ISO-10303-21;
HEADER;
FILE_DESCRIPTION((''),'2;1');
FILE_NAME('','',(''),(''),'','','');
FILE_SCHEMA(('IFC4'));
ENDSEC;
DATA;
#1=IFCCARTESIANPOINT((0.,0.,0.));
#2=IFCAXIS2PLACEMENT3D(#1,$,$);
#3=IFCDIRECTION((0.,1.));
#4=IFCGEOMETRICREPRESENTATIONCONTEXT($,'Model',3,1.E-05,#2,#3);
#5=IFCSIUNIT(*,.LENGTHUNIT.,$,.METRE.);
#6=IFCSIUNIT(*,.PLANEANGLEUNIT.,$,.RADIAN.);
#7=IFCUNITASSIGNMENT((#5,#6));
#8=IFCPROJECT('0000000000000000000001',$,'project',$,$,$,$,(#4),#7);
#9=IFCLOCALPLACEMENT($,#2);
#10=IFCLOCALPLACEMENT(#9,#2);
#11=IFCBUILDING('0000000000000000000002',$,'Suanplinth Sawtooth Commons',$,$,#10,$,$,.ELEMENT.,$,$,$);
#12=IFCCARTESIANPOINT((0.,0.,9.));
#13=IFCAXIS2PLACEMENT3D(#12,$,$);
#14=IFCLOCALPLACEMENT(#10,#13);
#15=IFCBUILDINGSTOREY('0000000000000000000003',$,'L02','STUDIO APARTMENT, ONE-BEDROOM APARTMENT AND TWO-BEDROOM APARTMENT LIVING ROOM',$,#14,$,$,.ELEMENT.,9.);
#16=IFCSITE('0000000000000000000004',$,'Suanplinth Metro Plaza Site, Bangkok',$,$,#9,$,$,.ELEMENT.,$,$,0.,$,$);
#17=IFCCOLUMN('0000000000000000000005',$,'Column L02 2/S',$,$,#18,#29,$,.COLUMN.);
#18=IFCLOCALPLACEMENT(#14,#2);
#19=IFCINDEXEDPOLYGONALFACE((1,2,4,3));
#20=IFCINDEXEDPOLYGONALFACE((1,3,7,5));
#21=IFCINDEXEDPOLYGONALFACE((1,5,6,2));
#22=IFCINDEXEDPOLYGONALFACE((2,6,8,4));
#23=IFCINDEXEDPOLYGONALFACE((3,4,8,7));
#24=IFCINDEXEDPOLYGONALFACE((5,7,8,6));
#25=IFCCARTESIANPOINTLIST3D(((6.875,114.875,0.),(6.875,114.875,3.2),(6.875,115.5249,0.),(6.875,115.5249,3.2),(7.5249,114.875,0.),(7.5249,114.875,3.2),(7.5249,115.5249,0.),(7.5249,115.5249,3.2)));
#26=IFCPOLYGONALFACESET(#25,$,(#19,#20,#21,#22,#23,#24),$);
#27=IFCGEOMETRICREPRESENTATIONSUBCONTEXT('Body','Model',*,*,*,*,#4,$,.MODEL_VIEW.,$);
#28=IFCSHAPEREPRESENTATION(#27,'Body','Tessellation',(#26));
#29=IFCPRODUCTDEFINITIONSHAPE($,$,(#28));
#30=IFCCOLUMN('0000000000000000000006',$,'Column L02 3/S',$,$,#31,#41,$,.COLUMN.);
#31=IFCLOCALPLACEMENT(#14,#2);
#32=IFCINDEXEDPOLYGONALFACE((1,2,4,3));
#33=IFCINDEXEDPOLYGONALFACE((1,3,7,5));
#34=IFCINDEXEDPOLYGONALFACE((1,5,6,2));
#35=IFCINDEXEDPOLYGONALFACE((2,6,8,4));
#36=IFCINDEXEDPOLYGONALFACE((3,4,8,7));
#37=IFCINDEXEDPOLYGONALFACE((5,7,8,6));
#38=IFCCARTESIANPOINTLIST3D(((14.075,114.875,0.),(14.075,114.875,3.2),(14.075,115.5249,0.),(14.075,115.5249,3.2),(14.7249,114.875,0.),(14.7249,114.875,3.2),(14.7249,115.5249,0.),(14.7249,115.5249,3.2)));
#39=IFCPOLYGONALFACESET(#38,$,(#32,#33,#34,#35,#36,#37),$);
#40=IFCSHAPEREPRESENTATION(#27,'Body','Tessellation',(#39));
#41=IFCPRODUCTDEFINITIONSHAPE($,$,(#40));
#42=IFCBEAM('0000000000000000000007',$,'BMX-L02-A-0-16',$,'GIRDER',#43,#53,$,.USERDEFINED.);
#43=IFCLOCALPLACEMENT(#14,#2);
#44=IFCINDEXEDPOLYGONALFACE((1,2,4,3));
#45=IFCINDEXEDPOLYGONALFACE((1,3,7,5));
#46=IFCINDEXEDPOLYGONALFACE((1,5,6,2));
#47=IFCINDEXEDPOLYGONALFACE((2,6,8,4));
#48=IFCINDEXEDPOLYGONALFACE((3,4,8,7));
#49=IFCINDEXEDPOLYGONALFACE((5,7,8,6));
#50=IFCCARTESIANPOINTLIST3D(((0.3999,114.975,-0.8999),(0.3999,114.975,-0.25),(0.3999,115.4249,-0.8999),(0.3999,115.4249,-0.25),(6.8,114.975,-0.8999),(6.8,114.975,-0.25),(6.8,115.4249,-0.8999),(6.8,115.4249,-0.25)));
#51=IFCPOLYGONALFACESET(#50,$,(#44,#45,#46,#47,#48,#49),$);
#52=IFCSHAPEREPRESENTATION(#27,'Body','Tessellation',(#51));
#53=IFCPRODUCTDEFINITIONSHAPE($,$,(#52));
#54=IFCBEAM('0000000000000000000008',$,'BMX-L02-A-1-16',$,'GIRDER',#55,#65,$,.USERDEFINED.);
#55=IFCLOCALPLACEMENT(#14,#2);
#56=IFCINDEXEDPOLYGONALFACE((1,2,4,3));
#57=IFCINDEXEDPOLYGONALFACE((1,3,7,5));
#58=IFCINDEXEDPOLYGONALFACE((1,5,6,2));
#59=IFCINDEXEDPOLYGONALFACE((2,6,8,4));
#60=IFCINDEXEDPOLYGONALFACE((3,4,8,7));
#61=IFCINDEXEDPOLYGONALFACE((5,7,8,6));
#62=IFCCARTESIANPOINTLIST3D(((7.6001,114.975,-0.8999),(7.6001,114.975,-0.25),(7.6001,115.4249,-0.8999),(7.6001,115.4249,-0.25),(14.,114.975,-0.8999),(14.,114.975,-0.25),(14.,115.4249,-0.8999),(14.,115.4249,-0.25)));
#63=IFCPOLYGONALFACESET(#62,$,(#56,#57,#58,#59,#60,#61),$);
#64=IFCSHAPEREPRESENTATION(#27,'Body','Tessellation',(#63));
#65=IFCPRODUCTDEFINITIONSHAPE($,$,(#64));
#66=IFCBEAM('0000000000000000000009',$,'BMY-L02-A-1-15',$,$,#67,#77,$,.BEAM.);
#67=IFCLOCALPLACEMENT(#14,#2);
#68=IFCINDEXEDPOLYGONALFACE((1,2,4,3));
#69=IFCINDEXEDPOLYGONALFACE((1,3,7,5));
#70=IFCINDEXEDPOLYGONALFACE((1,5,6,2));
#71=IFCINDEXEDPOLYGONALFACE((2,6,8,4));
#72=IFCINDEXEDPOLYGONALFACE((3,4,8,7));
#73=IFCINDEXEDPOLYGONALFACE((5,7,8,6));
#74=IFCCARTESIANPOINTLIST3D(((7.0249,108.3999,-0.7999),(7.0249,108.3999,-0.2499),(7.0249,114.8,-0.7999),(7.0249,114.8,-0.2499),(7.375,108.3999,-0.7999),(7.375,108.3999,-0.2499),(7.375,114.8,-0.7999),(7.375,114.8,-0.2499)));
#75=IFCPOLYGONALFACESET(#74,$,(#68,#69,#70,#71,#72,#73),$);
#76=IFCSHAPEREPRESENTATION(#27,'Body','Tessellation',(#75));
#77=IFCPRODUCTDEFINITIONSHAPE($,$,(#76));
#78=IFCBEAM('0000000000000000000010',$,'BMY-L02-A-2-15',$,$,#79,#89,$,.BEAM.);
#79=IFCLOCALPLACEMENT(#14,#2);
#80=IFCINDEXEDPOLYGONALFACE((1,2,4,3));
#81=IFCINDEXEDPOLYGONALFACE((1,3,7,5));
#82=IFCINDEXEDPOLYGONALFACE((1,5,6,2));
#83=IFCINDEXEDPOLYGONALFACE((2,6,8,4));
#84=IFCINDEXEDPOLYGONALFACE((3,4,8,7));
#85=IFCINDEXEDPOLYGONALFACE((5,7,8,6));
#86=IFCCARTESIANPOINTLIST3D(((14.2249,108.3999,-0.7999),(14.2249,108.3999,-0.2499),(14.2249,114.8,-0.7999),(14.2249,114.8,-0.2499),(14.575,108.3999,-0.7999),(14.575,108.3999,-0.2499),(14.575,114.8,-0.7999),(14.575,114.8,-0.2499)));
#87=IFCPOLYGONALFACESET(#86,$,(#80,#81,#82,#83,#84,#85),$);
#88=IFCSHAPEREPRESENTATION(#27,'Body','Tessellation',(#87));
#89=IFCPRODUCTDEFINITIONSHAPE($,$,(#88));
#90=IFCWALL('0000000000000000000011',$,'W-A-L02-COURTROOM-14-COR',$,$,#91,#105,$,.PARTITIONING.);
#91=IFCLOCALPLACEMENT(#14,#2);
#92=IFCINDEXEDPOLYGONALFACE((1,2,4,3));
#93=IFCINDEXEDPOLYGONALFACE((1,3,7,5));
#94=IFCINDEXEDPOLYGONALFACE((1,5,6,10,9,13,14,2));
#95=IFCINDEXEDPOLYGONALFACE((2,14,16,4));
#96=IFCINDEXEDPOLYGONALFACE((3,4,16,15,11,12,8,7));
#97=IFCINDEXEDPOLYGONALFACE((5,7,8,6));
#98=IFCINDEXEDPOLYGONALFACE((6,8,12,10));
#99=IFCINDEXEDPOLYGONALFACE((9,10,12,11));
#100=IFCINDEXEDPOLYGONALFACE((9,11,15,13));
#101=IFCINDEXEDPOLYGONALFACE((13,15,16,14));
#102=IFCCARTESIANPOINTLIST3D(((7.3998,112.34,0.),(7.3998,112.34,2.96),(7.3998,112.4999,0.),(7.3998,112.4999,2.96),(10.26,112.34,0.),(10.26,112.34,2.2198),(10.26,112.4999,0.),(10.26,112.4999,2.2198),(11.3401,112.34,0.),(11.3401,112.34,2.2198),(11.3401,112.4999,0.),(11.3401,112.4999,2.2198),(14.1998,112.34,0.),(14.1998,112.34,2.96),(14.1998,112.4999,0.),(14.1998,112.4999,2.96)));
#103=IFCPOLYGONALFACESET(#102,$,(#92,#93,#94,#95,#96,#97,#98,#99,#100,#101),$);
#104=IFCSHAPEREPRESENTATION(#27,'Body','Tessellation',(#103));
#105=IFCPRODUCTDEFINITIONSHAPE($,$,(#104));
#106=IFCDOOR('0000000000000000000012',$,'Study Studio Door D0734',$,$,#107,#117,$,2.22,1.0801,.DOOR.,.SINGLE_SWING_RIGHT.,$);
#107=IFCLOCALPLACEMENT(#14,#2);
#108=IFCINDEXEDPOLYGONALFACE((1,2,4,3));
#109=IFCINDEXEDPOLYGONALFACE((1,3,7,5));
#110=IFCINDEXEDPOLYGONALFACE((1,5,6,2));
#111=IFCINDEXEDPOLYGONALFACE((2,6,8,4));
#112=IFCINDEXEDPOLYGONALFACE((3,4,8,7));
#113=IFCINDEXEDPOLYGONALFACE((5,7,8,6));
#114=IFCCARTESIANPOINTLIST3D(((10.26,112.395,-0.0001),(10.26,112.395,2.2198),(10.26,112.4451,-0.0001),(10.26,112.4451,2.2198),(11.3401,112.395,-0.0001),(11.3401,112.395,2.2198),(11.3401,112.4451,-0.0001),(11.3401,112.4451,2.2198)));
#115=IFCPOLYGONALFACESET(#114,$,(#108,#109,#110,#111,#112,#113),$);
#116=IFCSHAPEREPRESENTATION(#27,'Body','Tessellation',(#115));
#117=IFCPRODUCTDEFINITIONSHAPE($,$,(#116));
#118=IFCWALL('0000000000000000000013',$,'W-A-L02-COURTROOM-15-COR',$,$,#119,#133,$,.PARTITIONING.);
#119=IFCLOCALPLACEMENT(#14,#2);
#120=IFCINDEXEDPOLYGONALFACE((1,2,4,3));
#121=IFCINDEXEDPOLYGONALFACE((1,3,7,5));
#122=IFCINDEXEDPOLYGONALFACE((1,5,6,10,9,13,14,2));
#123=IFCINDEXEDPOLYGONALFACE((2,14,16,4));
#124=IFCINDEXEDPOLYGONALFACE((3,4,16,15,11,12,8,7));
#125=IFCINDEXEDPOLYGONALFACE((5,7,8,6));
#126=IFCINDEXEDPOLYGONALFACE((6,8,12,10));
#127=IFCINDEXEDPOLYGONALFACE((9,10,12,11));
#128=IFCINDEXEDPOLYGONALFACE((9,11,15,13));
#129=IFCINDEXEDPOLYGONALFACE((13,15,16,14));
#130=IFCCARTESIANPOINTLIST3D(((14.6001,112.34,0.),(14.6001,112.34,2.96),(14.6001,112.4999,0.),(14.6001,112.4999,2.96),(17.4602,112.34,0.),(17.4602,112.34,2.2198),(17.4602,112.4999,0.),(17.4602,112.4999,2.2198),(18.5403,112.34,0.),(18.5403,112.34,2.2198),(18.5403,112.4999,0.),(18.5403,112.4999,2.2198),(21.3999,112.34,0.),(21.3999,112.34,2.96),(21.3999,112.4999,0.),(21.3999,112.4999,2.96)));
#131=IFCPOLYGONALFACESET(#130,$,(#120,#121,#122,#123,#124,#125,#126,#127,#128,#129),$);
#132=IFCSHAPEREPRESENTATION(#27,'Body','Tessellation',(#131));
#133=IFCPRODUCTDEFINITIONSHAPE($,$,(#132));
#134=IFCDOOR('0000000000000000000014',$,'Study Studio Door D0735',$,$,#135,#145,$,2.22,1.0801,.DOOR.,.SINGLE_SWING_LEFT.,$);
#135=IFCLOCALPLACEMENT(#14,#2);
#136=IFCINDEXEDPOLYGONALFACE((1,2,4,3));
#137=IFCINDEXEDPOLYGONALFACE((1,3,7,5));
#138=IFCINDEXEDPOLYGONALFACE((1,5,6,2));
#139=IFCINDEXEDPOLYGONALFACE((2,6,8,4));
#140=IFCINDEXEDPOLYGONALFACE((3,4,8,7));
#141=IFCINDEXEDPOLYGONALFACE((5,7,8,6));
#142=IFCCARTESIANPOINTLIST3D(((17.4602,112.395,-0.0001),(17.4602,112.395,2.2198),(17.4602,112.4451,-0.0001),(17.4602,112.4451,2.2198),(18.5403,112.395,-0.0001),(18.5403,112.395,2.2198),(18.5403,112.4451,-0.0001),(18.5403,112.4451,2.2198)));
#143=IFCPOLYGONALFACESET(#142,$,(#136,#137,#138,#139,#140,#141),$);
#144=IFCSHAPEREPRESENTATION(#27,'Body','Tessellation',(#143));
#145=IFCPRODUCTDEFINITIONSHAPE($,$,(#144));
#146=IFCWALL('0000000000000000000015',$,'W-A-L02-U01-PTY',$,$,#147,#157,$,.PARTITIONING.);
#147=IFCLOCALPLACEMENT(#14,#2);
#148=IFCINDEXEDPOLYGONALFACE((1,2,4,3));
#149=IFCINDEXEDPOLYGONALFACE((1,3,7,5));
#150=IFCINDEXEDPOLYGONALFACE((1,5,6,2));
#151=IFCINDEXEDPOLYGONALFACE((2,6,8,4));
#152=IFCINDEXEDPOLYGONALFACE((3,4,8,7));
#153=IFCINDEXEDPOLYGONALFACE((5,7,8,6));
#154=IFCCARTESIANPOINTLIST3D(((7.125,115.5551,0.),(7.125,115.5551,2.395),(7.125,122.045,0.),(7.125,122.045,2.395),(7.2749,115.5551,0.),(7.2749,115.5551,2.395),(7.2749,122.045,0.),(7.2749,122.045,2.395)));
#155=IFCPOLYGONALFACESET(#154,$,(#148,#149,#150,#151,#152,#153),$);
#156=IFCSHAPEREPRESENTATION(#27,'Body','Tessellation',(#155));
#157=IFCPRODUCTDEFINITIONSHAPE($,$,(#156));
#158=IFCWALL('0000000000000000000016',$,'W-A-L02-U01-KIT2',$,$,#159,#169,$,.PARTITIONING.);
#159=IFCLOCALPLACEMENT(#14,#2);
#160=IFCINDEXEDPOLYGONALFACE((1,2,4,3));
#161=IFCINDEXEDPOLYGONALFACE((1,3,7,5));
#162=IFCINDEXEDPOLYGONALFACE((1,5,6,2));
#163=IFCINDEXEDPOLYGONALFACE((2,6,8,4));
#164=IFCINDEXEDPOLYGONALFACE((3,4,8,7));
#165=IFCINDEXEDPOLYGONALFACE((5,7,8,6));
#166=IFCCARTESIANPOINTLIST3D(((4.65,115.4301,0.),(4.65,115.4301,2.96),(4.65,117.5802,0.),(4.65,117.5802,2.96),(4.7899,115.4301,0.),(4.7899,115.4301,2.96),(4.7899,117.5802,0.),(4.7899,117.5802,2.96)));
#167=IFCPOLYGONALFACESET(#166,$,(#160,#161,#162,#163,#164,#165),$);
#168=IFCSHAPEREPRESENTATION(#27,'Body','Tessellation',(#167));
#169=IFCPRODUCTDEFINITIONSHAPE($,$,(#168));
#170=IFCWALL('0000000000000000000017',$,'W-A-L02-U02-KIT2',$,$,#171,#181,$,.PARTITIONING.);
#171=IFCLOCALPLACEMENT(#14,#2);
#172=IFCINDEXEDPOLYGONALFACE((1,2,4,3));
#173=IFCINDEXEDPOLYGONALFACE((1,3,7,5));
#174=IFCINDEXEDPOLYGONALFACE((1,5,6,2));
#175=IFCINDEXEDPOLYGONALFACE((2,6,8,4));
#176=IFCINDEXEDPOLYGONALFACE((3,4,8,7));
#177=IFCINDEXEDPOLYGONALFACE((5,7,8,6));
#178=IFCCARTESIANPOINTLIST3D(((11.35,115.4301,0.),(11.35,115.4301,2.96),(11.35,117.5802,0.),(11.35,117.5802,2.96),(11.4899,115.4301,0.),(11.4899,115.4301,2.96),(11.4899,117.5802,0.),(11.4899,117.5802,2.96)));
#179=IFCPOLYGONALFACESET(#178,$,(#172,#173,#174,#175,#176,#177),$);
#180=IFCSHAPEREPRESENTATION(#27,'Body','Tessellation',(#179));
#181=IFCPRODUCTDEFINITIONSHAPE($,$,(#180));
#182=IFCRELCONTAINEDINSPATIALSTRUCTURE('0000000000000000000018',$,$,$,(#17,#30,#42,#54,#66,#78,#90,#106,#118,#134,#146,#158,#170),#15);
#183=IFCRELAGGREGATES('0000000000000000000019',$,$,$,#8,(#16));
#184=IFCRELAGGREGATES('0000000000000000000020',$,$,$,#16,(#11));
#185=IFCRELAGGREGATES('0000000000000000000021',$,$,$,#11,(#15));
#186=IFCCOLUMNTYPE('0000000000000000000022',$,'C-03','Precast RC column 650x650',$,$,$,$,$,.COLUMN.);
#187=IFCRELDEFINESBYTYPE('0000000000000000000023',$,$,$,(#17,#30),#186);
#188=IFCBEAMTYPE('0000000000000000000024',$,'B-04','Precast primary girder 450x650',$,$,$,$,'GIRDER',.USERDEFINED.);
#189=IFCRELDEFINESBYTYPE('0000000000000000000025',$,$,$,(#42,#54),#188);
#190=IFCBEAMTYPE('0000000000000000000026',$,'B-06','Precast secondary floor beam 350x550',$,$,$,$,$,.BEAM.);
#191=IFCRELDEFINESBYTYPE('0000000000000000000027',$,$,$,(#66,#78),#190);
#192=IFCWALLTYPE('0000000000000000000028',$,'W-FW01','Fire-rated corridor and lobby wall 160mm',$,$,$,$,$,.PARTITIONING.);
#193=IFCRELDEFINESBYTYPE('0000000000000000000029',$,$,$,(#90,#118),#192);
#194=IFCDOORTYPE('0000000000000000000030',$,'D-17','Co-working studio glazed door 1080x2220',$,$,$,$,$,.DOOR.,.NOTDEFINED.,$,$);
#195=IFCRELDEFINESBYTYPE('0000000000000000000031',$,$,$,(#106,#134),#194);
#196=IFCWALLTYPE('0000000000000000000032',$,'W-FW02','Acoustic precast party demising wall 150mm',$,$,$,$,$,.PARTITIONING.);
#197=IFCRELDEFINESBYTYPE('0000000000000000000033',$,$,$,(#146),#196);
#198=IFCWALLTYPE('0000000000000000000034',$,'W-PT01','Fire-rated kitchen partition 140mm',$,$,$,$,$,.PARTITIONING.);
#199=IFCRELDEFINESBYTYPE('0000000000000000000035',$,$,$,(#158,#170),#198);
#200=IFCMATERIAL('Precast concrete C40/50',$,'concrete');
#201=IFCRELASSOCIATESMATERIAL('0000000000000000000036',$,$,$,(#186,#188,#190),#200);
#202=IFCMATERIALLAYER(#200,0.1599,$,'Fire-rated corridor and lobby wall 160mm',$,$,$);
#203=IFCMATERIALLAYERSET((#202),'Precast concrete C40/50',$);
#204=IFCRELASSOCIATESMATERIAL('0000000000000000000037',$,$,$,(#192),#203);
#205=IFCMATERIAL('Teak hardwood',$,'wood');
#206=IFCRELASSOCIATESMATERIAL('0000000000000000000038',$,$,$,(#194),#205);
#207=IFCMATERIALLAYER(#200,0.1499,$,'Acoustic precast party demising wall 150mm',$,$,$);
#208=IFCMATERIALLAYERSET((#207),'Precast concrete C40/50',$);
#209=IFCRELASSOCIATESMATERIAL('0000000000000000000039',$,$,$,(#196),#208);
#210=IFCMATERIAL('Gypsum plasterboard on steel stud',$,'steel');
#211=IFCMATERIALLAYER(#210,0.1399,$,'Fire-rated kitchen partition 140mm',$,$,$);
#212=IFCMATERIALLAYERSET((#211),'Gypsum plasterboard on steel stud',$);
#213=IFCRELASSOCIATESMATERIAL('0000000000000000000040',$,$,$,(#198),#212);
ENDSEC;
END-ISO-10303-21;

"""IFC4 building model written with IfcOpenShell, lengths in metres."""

from ifc_helpers import new_model, si_unit, direction, frame, frame_2d, origin, origin_2d, place, context, subcontext, project, spatial, rectangle, extrude, material, layer, layer_set, material_profile, profile_set, type_object, element, fill, save


model = new_model("IFC4")

# Units and contexts
model_context = context("Model", 3, precision=1e-05, world=origin(), true_north=direction((0.0, 1.0)))
body_context = subcontext(model_context, "Body", "Model", "MODEL_VIEW")
ifc_project = project(units=[si_unit("LENGTHUNIT", "METRE"), si_unit("PLANEANGLEUNIT", "RADIAN")], contexts=[model_context])

# Site, building, storey
site_placement = place(None, origin())
site = spatial("IfcSite", under=ifc_project, at=site_placement, Name="Suanplinth Metro Plaza Site, Bangkok", CompositionType="ELEMENT", RefElevation=0.0)
building_placement = place(site_placement, origin())
building = spatial("IfcBuilding", under=site, at=building_placement, Name="Suanplinth Sawtooth Commons", CompositionType="ELEMENT")
storey_placement = place(building_placement, frame((0.0, 0.0, 9.0)))
storey = spatial("IfcBuildingStorey", under=building, at=storey_placement, Name="L02", Description="STUDIO APARTMENT, ONE-BEDROOM APARTMENT AND TWO-BEDROOM APARTMENT LIVING ROOM", CompositionType="ELEMENT", Elevation=9.0)

# Columns
ifc_material_1 = material(Name="Precast concrete C40/50", Category="concrete")
ifc_material_profile_1 = material_profile(ifc_material_1, rectangle(XDim=0.6499, YDim=0.6499, at=origin_2d()), Name="PC-COL 650x650")
ifc_profile_set_1 = profile_set([ifc_material_profile_1], Name="Precast concrete C40/50")
column_type = type_object("IfcColumnType", Name="C-03", Description="Precast RC column 650x650", PredefinedType="COLUMN", material=ifc_profile_set_1)
for number, where, z_axis, x_axis, name in (
    (1, (7.2, 115.2, 0.0), (0.0, 0.0, 1.0), (1.0, 0.0, 0.0), "Column L02 2/S"),
    (2, (14.3999, 115.2, 0.0), (0.0, 0.0, 1.0), (1.0, 0.0, 0.0), "Column L02 3/S"),
):
    element("IfcColumn", number, at=place(storey_placement, frame(where, z_axis=z_axis, x_axis=x_axis)), inside=storey, type_object=column_type, Name=name, PredefinedType="COLUMN", context=body_context, shape_type="SweptSolid", body=[
        extrude(rectangle(XDim=0.6499, YDim=0.6499, at=origin_2d()), origin(), (0.0, 0.0, 1.0), 3.2),
    ])

# Beams
ifc_material_profile_2 = material_profile(ifc_material_1, rectangle(XDim=0.45, YDim=0.6499, at=origin_2d()), Name="PC-GDR 450x650")
ifc_profile_set_2 = profile_set([ifc_material_profile_2], Name="Precast concrete C40/50")
beam_type_1 = type_object("IfcBeamType", Name="B-04", Description="Precast primary girder 450x650", ElementType="GIRDER", PredefinedType="USERDEFINED", material=ifc_profile_set_2)
beam_1_placement = place(storey_placement, frame((0.3999, 115.2, -0.575), z_axis=(1.0, 0.0, 0.0), x_axis=(0.0, 1.0, 0.0)))
element("IfcBeam", 3, at=beam_1_placement, inside=storey, type_object=beam_type_1, Name="BMX-L02-A-0-16", ObjectType="GIRDER", PredefinedType="USERDEFINED", context=body_context, shape_type="SweptSolid", body=[
    extrude(rectangle(XDim=0.45, YDim=0.6499, at=origin_2d()), origin(), (0.0, 0.0, 1.0), 6.4001),
])
beam_2_placement = place(storey_placement, frame((7.6001, 115.2, -0.575), z_axis=(1.0, 0.0, 0.0), x_axis=(0.0, 1.0, 0.0)))
element("IfcBeam", 4, at=beam_2_placement, inside=storey, type_object=beam_type_1, Name="BMX-L02-A-1-16", ObjectType="GIRDER", PredefinedType="USERDEFINED", context=body_context, shape_type="SweptSolid", body=[
    extrude(rectangle(XDim=0.45, YDim=0.6499, at=origin_2d()), origin(), (0.0, 0.0, 1.0), 6.3999),
])
ifc_material_profile_3 = material_profile(ifc_material_1, rectangle(XDim=0.3501, YDim=0.55, at=origin_2d()), Name="PC-BM 350x550")
ifc_profile_set_3 = profile_set([ifc_material_profile_3], Name="Precast concrete C40/50")
beam_type_2 = type_object("IfcBeamType", Name="B-06", Description="Precast secondary floor beam 350x550", PredefinedType="BEAM", material=ifc_profile_set_3)
for number, where, z_axis, x_axis, name in (
    (5, (7.2, 108.3999, -0.5249), (0.0, 1.0, 0.0), (-1.0, 0.0, 0.0), "BMY-L02-A-1-15"),
    (6, (14.3999, 108.3999, -0.5249), (0.0, 1.0, 0.0), (-1.0, 0.0, 0.0), "BMY-L02-A-2-15"),
):
    element("IfcBeam", number, at=place(storey_placement, frame(where, z_axis=z_axis, x_axis=x_axis)), inside=storey, type_object=beam_type_2, Name=name, PredefinedType="BEAM", context=body_context, shape_type="SweptSolid", body=[
        extrude(rectangle(XDim=0.3501, YDim=0.55, at=origin_2d()), origin(), (0.0, 0.0, 1.0), 6.4001),
    ])

# Walls, openings, doors
ifc_layer_1 = layer(ifc_material_1, 0.1599, Name="Fire-rated corridor and lobby wall 160mm")
ifc_layer_set_1 = layer_set([ifc_layer_1], Name="Precast concrete C40/50")
wall_type_1 = type_object("IfcWallType", Name="W-FW01", Description="Fire-rated corridor and lobby wall 160mm", PredefinedType="PARTITIONING", material=ifc_layer_set_1)
wall_1_placement = place(storey_placement, frame((7.3999, 112.4199, 0.0), z_axis=(0.0, 0.0, 1.0), x_axis=(1.0, 0.0, 0.0)))
wall_1 = element("IfcWall", 7, at=wall_1_placement, inside=storey, type_object=wall_type_1, Name="W-A-L02-COURTROOM-14-COR", PredefinedType="PARTITIONING", context=body_context, shape_type="SweptSolid", body=[
    extrude(rectangle(XDim=6.8, YDim=0.1599, at=frame_2d((3.3999, 0.0))), origin(), (0.0, 0.0, 1.0), 2.96),
])
opening_1_placement = place(wall_1_placement, frame((2.8601, 0.0, 0.0)))
opening_1 = element("IfcOpeningElement", 8, at=opening_1_placement, cuts=wall_1, PredefinedType="OPENING", context=body_context, shape_type="SweptSolid", body=[
    extrude(rectangle(XDim=1.0801, YDim=2.22, at=frame_2d((0.54, 1.1099))), frame((0.0, 0.0947, 0.0), z_axis=(0.0, -1.0, 0.0), x_axis=(1.0, 0.0, 0.0)), (0.0, 0.0, 1.0), 0.1897),
])
ifc_material_2 = material(Name="Teak hardwood", Category="wood")
door_type_1 = type_object("IfcDoorType", Name="D-17", Description="Co-working studio glazed door 1080x2220", OperationType="NOTDEFINED", PredefinedType="DOOR", material=ifc_material_2)
door_1_placement = place(opening_1_placement, frame((1.0801, 0.0, 0.0), z_axis=(0.0, 0.0, 1.0), x_axis=(-1.0, 0.0, 0.0)))
door_1 = element("IfcDoor", 9, at=door_1_placement, inside=storey, type_object=door_type_1, Name="Study Studio Door D0734", OperationType="SINGLE_SWING_RIGHT", OverallHeight=2.22, OverallWidth=1.0801, PredefinedType="DOOR", context=body_context, shape_type="SweptSolid", body=[
    extrude(rectangle(XDim=1.0801, YDim=2.22, at=frame_2d((0.54, 1.1099))), frame((0.0, 0.0249, 0.0), z_axis=(0.0, -1.0, 0.0), x_axis=(1.0, 0.0, 0.0)), (0.0, 0.0, 1.0), 0.05),
])
fill(opening_1, door_1)
wall_2_placement = place(storey_placement, frame((14.6001, 112.4199, 0.0), z_axis=(0.0, 0.0, 1.0), x_axis=(1.0, 0.0, 0.0)))
wall_2 = element("IfcWall", 10, at=wall_2_placement, inside=storey, type_object=wall_type_1, Name="W-A-L02-COURTROOM-15-COR", PredefinedType="PARTITIONING", context=body_context, shape_type="SweptSolid", body=[
    extrude(rectangle(XDim=6.7998, YDim=0.1599, at=frame_2d((3.3999, 0.0))), origin(), (0.0, 0.0, 1.0), 2.96),
])
opening_2_placement = place(wall_2_placement, frame((2.8601, 0.0, 0.0)))
opening_2 = element("IfcOpeningElement", 11, at=opening_2_placement, cuts=wall_2, PredefinedType="OPENING", context=body_context, shape_type="SweptSolid", body=[
    extrude(rectangle(XDim=1.0801, YDim=2.22, at=frame_2d((0.54, 1.1099))), frame((0.0, 0.0947, 0.0), z_axis=(0.0, -1.0, 0.0), x_axis=(1.0, 0.0, 0.0)), (0.0, 0.0, 1.0), 0.1897),
])
door_2_placement = place(opening_2_placement, frame((1.0801, 0.0, 0.0), z_axis=(0.0, 0.0, 1.0), x_axis=(-1.0, 0.0, 0.0)))
door_2 = element("IfcDoor", 12, at=door_2_placement, inside=storey, type_object=door_type_1, Name="Study Studio Door D0735", OperationType="SINGLE_SWING_LEFT", OverallHeight=2.22, OverallWidth=1.0801, PredefinedType="DOOR", context=body_context, shape_type="SweptSolid", body=[
    extrude(rectangle(XDim=1.0801, YDim=2.22, at=frame_2d((0.54, 1.1099))), frame((0.0, 0.0249, 0.0), z_axis=(0.0, -1.0, 0.0), x_axis=(1.0, 0.0, 0.0)), (0.0, 0.0, 1.0), 0.05),
])
fill(opening_2, door_2)

# Walls
ifc_layer_2 = layer(ifc_material_1, 0.1499, Name="Acoustic precast party demising wall 150mm")
ifc_layer_set_2 = layer_set([ifc_layer_2], Name="Precast concrete C40/50")
wall_type_2 = type_object("IfcWallType", Name="W-FW02", Description="Acoustic precast party demising wall 150mm", PredefinedType="PARTITIONING", material=ifc_layer_set_2)
wall_3_placement = place(storey_placement, frame((7.2, 115.5549, 0.0), z_axis=(0.0, 0.0, 1.0), x_axis=(0.0, 1.0, 0.0)))
element("IfcWall", 13, at=wall_3_placement, inside=storey, type_object=wall_type_2, Name="W-A-L02-U01-PTY", PredefinedType="PARTITIONING", context=body_context, shape_type="SweptSolid", body=[
    extrude(rectangle(XDim=6.49, YDim=0.1499, at=frame_2d((3.2451, 0.0))), origin(), (0.0, 0.0, 1.0), 2.395),
])
ifc_material_3 = material(Name="Gypsum plasterboard on steel stud", Category="steel")
ifc_layer_3 = layer(ifc_material_3, 0.1399, Name="Fire-rated kitchen partition 140mm")
ifc_layer_set_3 = layer_set([ifc_layer_3], Name="Gypsum plasterboard on steel stud")
wall_type_3 = type_object("IfcWallType", Name="W-PT01", Description="Fire-rated kitchen partition 140mm", PredefinedType="PARTITIONING", material=ifc_layer_set_3)
for number, where, z_axis, x_axis, name in (
    (14, (4.72, 115.4299, 0.0), (0.0, 0.0, 1.0), (0.0, 1.0, 0.0), "W-A-L02-U01-KIT2"),
    (15, (11.4199, 115.4299, 0.0), (0.0, 0.0, 1.0), (0.0, 1.0, 0.0), "W-A-L02-U02-KIT2"),
):
    element("IfcWall", number, at=place(storey_placement, frame(where, z_axis=z_axis, x_axis=x_axis)), inside=storey, type_object=wall_type_3, Name=name, PredefinedType="PARTITIONING", context=body_context, shape_type="SweptSolid", body=[
        extrude(rectangle(XDim=2.1501, YDim=0.1399, at=frame_2d((1.0752, 0.0))), origin(), (0.0, 0.0, 1.0), 2.96),
    ])

save(model, "model.ifc")
